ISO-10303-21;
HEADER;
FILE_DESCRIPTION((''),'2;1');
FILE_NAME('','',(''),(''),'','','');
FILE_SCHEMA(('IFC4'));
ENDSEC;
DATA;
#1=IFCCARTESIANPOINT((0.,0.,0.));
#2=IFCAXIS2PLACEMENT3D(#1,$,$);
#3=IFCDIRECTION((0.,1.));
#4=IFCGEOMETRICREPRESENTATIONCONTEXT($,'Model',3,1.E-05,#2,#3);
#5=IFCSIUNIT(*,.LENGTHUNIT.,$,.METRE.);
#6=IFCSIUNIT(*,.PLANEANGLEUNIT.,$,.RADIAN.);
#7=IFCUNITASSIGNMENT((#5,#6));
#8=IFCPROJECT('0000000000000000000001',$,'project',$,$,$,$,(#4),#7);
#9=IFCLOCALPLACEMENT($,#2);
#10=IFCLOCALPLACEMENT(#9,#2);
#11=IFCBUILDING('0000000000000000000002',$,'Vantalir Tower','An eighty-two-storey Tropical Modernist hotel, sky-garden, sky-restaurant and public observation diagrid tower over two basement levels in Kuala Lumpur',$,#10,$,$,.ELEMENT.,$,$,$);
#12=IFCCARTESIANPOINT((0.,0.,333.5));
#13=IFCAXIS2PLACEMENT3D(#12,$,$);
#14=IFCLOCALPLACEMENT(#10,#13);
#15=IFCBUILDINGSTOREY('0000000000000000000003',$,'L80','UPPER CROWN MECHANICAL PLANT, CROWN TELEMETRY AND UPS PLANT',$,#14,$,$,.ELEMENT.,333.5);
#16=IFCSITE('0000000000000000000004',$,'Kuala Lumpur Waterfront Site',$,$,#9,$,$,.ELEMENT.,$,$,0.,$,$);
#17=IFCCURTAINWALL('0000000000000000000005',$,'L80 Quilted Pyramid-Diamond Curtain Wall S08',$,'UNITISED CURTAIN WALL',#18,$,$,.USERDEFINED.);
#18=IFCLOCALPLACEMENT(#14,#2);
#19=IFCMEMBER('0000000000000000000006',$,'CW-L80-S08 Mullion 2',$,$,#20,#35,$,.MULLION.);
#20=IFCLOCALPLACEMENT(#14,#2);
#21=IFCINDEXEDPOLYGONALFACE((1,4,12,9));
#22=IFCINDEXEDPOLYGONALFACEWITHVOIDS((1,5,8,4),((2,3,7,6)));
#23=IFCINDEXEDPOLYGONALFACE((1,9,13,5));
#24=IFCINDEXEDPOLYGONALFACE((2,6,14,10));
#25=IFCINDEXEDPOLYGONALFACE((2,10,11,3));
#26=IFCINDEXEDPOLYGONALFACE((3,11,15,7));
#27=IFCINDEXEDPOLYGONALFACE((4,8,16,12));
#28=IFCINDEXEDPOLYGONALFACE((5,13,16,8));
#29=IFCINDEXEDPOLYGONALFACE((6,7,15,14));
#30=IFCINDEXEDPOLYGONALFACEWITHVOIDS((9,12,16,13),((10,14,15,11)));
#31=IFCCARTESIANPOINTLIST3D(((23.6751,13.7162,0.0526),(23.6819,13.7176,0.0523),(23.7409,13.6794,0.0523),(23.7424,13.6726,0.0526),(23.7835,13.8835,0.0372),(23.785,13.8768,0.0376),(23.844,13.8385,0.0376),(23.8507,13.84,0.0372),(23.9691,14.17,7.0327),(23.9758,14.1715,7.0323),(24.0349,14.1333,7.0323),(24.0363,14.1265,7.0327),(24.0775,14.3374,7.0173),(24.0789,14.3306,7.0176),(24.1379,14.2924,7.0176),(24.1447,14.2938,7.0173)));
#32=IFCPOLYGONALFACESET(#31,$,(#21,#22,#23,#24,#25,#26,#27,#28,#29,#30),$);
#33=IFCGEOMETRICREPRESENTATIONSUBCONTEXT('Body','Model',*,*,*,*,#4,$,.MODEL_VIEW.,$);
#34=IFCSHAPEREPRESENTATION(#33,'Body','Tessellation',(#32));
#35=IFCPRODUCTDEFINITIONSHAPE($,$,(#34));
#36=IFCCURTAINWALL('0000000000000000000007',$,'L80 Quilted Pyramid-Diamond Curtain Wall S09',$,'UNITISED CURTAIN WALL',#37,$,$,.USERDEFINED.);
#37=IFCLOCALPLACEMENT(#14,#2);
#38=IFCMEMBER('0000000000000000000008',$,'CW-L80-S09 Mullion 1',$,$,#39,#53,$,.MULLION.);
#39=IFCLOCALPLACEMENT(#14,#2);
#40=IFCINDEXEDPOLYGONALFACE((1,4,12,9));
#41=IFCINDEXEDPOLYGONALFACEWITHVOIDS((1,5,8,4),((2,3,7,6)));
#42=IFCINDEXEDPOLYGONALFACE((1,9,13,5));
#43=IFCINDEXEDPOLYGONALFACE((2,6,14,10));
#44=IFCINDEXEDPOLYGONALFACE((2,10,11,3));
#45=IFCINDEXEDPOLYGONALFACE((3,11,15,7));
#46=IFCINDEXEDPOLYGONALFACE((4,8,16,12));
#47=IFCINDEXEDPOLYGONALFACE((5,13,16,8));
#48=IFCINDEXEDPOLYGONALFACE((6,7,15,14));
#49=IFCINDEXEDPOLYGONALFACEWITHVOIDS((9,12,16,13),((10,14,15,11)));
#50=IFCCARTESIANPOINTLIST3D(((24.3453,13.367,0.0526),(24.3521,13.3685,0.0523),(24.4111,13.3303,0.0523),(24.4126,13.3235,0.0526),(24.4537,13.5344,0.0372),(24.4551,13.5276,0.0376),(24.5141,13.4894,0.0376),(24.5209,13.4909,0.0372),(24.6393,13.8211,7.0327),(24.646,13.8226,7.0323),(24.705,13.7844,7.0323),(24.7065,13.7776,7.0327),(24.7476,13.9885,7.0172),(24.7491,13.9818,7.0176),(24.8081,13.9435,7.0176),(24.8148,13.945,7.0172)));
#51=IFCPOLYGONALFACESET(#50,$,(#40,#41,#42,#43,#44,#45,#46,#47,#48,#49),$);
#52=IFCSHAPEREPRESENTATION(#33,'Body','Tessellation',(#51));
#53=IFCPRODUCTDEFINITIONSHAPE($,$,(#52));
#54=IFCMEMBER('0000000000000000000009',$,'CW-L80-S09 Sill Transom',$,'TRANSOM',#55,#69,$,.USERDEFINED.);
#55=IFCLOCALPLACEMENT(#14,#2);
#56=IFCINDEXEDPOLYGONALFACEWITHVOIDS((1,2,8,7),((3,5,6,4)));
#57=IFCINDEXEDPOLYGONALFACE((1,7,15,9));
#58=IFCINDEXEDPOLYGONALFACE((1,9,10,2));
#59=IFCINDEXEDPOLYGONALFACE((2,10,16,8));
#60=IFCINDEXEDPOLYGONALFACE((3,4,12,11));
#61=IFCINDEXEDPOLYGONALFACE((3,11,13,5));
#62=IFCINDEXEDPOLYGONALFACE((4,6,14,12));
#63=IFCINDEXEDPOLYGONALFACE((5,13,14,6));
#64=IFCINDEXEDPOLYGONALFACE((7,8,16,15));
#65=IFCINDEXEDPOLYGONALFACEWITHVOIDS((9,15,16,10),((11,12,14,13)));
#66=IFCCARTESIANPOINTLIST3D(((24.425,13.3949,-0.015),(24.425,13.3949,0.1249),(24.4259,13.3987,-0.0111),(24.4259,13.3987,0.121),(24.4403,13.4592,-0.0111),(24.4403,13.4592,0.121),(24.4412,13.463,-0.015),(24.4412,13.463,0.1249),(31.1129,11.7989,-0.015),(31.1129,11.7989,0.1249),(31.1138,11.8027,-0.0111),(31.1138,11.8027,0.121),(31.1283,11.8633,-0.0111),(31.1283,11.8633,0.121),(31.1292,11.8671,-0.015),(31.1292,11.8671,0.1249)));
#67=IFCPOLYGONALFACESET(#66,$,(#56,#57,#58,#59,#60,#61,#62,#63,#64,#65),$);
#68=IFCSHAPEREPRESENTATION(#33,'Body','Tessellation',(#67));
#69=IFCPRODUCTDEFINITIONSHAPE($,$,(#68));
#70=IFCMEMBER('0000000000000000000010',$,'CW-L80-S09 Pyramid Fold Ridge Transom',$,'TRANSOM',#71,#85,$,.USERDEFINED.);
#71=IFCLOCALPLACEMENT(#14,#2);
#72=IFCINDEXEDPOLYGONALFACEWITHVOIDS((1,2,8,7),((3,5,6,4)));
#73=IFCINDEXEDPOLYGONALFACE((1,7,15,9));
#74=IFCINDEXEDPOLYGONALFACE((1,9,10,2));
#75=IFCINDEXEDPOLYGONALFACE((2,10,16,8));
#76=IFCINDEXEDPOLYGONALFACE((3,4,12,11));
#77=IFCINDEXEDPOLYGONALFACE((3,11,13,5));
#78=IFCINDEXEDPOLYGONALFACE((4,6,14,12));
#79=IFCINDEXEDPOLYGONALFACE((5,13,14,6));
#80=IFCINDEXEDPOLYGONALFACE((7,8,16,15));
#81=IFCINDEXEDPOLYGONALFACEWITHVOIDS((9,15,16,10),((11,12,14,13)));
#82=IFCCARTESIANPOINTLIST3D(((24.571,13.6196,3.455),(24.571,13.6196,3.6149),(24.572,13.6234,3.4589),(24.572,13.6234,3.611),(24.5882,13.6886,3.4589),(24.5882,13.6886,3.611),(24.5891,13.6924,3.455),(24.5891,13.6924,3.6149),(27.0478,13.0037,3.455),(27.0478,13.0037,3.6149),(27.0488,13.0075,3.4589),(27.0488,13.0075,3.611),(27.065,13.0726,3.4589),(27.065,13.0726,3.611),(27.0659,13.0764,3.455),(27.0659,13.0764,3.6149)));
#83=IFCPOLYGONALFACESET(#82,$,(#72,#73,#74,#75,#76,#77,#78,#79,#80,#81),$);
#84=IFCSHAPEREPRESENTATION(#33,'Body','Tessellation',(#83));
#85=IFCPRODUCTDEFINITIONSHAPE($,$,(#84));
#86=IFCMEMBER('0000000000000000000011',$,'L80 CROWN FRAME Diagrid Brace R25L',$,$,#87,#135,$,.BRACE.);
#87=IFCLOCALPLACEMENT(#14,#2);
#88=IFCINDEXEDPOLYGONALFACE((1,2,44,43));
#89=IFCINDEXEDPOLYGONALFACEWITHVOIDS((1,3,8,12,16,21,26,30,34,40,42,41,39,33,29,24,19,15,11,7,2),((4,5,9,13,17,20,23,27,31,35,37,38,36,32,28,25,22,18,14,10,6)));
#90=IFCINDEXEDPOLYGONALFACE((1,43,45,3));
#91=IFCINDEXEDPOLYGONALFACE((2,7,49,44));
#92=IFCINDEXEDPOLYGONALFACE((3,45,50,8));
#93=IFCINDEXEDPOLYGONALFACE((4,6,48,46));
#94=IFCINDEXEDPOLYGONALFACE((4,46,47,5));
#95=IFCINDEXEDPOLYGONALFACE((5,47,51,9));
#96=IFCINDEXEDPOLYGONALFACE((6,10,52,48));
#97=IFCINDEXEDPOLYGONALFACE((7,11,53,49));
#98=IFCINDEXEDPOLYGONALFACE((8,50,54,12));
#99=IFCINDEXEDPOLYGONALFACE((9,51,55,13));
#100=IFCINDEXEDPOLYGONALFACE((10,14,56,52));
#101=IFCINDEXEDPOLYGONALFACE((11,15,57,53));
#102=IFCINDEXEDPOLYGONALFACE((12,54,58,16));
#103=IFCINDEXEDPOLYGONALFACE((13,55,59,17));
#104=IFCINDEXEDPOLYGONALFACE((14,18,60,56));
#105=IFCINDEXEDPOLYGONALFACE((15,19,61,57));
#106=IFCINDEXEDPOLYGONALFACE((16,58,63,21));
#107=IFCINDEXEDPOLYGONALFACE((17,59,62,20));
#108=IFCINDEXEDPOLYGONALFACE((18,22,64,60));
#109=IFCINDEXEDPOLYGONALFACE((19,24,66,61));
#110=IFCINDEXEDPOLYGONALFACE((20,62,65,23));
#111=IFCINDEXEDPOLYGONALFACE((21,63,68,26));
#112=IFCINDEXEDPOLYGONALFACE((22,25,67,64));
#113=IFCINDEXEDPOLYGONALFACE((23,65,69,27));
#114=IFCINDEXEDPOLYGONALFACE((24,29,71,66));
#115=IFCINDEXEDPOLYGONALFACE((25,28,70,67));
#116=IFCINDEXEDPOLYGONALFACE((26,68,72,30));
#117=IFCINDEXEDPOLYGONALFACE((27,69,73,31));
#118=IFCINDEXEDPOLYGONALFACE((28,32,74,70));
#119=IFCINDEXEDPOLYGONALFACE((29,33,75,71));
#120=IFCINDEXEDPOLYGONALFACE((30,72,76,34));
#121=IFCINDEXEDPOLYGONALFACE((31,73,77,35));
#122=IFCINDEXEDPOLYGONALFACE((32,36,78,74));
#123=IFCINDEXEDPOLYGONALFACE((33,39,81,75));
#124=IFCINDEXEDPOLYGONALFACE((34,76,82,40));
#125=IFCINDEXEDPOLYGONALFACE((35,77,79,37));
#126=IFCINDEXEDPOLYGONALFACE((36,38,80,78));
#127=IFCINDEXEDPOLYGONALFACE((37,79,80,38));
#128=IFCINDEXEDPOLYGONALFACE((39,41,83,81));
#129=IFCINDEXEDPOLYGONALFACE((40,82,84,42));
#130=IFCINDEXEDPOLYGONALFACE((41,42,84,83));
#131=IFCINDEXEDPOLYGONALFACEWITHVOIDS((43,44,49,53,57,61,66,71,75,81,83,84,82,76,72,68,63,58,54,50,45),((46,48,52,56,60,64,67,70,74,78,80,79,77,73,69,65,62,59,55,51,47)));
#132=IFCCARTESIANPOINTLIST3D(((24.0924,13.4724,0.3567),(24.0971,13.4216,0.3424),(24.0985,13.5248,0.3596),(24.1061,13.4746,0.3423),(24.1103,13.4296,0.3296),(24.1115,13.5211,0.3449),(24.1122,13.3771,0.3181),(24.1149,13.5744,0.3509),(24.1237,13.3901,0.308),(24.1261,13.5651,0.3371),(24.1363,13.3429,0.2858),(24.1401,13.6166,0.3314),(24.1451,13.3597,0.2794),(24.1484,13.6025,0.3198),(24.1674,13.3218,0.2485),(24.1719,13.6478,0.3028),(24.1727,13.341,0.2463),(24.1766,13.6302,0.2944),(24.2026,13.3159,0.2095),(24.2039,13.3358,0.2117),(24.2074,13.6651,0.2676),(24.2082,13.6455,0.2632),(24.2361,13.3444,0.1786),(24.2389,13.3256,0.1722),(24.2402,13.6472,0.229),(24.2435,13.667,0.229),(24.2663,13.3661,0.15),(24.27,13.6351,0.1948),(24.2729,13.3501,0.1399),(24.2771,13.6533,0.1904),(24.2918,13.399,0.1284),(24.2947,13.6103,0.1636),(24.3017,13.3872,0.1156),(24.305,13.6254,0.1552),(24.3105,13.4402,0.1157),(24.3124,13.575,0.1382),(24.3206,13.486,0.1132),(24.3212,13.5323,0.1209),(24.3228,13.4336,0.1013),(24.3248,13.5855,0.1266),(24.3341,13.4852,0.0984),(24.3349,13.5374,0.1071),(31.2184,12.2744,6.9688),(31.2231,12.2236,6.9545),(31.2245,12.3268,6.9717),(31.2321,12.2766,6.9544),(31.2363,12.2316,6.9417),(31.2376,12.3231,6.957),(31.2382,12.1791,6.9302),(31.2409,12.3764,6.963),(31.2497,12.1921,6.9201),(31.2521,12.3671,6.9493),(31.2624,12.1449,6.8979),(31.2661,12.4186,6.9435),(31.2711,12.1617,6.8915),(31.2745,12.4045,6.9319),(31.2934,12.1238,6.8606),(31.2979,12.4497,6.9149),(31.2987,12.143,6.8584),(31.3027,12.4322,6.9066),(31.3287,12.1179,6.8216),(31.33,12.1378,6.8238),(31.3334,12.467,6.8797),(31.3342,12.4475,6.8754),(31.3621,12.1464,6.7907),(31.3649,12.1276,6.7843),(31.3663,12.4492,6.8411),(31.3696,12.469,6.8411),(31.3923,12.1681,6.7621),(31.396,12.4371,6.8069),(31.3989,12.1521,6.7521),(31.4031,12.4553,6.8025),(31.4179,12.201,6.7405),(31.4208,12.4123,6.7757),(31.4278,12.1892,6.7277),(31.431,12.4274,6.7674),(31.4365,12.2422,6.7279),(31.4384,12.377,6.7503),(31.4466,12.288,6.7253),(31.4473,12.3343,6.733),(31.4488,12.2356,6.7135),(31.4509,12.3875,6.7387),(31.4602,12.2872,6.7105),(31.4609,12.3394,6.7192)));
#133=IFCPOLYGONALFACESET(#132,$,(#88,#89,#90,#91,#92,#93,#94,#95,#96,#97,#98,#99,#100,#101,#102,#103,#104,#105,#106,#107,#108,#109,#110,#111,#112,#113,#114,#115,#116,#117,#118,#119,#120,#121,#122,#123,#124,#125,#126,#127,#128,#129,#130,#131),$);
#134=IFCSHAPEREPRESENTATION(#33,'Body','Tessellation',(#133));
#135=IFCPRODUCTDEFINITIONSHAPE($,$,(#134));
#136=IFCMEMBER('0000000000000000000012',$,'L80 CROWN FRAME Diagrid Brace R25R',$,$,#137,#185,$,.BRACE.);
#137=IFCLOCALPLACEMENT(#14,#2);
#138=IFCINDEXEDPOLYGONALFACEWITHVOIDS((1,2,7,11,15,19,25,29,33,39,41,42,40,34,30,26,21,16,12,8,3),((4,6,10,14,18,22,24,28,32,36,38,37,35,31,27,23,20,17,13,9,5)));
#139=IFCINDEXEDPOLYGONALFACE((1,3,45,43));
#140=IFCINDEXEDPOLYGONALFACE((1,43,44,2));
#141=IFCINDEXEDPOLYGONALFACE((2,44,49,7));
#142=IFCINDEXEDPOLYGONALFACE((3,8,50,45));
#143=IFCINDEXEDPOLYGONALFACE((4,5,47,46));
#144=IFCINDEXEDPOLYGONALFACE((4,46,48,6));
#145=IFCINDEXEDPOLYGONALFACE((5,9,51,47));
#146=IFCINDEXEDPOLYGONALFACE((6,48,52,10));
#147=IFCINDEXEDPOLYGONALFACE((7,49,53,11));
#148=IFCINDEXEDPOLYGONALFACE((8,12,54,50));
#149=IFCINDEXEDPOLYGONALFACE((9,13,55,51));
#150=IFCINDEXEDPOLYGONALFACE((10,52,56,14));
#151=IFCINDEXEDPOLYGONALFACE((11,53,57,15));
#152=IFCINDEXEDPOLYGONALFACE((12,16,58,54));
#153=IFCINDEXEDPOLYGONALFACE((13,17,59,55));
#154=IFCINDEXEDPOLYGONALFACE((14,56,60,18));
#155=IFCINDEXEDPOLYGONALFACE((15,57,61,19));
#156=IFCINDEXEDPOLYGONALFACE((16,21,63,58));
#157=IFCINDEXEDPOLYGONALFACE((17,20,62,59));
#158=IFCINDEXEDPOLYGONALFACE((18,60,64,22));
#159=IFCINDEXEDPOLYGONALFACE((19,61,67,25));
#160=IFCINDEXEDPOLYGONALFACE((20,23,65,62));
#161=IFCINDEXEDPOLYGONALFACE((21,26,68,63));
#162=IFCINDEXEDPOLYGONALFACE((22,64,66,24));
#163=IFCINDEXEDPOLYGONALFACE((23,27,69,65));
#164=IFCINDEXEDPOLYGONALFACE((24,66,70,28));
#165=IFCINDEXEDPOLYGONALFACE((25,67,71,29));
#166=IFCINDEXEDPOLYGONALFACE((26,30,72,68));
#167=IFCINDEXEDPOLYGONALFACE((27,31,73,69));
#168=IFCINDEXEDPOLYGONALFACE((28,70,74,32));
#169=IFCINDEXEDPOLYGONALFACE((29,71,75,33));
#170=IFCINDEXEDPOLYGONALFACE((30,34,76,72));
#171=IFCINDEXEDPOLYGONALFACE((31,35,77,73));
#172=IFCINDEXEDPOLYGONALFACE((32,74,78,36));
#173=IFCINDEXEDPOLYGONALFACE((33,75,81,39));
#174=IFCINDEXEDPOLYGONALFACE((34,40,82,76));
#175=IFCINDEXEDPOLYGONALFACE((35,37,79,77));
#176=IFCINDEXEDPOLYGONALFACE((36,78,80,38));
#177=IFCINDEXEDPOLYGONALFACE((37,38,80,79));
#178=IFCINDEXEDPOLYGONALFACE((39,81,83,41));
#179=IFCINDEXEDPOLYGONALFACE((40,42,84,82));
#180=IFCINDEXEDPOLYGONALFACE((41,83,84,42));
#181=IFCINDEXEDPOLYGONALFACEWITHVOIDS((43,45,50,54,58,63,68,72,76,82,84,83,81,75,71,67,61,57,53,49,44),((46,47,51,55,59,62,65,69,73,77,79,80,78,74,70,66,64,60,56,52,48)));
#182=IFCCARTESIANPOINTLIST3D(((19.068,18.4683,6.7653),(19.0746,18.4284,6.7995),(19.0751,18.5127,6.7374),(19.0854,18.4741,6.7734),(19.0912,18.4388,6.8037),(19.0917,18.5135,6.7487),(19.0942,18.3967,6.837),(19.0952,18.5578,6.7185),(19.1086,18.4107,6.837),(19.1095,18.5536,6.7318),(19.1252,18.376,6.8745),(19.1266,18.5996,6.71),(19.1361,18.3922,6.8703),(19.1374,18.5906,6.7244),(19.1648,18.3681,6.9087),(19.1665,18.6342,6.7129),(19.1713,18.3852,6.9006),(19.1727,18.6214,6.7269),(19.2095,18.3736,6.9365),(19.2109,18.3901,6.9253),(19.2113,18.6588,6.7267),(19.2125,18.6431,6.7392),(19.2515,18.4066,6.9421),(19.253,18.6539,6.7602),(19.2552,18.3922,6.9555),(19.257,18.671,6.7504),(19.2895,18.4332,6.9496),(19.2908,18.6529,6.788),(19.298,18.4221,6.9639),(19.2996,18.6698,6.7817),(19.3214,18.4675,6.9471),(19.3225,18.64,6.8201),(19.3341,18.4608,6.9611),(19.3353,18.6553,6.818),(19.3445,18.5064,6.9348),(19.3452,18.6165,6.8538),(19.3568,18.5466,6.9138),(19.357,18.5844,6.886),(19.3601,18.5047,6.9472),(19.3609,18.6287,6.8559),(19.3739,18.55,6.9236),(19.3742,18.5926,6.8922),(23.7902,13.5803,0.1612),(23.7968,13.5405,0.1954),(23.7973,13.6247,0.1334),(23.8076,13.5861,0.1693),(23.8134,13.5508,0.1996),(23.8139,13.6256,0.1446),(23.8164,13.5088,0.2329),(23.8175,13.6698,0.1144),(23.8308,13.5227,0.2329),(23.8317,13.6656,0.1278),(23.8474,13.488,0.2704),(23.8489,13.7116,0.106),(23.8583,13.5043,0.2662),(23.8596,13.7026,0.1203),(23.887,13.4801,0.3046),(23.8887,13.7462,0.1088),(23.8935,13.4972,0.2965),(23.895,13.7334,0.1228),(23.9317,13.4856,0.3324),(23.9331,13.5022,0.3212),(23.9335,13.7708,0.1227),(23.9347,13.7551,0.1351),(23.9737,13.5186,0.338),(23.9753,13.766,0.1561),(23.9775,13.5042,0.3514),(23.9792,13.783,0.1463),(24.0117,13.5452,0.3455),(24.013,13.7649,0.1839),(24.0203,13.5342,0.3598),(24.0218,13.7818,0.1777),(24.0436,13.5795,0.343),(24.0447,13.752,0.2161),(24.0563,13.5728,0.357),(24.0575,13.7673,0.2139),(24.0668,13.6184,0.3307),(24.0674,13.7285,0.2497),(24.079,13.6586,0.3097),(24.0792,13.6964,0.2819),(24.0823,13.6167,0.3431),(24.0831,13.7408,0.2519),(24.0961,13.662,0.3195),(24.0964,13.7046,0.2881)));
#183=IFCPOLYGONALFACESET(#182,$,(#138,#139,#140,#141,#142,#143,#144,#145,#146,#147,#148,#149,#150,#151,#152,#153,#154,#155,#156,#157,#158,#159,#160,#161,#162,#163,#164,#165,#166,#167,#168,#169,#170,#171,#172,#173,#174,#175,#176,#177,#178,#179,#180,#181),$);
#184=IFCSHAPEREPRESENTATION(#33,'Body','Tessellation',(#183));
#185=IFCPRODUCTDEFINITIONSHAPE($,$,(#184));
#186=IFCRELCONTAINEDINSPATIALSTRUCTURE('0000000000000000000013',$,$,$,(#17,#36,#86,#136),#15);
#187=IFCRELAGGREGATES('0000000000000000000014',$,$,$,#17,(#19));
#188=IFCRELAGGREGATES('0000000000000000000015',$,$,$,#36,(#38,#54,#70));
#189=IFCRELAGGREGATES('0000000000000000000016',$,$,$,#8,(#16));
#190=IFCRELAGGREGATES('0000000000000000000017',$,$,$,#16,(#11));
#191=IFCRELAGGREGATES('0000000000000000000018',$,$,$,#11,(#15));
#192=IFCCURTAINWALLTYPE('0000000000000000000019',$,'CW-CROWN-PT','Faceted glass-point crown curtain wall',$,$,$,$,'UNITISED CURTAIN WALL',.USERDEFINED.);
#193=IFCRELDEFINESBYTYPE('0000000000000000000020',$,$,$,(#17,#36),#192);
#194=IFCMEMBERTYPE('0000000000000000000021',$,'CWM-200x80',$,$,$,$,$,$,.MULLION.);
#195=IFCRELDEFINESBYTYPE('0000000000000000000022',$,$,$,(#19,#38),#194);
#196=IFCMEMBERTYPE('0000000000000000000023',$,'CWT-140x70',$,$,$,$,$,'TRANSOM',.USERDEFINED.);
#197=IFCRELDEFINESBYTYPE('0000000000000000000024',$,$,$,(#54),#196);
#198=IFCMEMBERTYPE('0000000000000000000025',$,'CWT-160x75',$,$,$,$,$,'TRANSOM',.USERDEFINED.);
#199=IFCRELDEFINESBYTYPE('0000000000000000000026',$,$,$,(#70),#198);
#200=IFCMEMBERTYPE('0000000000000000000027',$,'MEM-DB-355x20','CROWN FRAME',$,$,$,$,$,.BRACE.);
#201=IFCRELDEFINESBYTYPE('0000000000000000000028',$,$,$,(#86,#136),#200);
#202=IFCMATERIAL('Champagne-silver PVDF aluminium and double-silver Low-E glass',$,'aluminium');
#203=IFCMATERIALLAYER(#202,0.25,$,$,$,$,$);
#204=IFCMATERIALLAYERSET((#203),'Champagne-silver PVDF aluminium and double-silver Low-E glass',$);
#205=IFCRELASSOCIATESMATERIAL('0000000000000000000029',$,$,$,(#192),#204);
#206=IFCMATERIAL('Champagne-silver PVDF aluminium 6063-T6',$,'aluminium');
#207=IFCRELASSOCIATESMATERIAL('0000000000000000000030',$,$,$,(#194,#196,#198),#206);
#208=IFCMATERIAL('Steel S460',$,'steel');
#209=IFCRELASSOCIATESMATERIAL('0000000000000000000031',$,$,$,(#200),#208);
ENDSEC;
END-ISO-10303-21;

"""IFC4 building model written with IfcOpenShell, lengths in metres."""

from ifc_helpers import new_model, si_unit, direction, frame, origin, origin_2d, place, context, subcontext, project, spatial, hollow_rectangle, hollow_circle, extrude, material, layer, layer_set, material_profile, profile_set, type_object, element, aggregate, save


model = new_model("IFC4")

# Units and contexts
model_context = context("Model", 3, precision=1e-05, world=origin(), true_north=direction((0.0, 1.0)))
body_context = subcontext(model_context, "Body", "Model", "MODEL_VIEW")
ifc_project = project(units=[si_unit("LENGTHUNIT", "METRE"), si_unit("PLANEANGLEUNIT", "RADIAN")], contexts=[model_context])

# Site, building, storey
site_placement = place(None, origin())
site = spatial("IfcSite", under=ifc_project, at=site_placement, Name="Kuala Lumpur Waterfront Site", CompositionType="ELEMENT", RefElevation=0.0)
building_placement = place(site_placement, origin())
building = spatial("IfcBuilding", under=site, at=building_placement, Name="Vantalir Tower", Description="An eighty-two-storey Tropical Modernist hotel, sky-garden, sky-restaurant and public observation diagrid tower over two basement levels in Kuala Lumpur", CompositionType="ELEMENT")
storey_placement = place(building_placement, frame((0.0, 0.0, 333.5)))
storey = spatial("IfcBuildingStorey", under=building, at=storey_placement, Name="L80", Description="UPPER CROWN MECHANICAL PLANT, CROWN TELEMETRY AND UPS PLANT", CompositionType="ELEMENT", Elevation=333.5)

# Shared definitions
ifc_material_1 = material(Name="Steel S460", Category="steel")

# Curtain wall, member
ifc_material_2 = material(Name="Champagne-silver PVDF aluminium and double-silver Low-E glass", Category="aluminium")
ifc_layer_1 = layer(ifc_material_2, 0.25)
ifc_layer_set_1 = layer_set([ifc_layer_1], Name="Champagne-silver PVDF aluminium and double-silver Low-E glass")
curtain_wall_type = type_object("IfcCurtainWallType", Name="CW-CROWN-PT", Description="Faceted glass-point crown curtain wall", ElementType="UNITISED CURTAIN WALL", PredefinedType="USERDEFINED", material=ifc_layer_set_1)
curtain_wall_1_placement = place(storey_placement, origin())
curtain_wall_1 = element("IfcCurtainWall", 1, at=curtain_wall_1_placement, inside=storey, type_object=curtain_wall_type, Name="L80 Quilted Pyramid-Diamond Curtain Wall S08", ObjectType="UNITISED CURTAIN WALL", PredefinedType="USERDEFINED")
ifc_material_3 = material(Name="Champagne-silver PVDF aluminium 6063-T6", Category="aluminium")
ifc_material_profile_1 = material_profile(ifc_material_3, hollow_rectangle(XDim=0.0801, YDim=0.2, WallThickness=0.0049, at=origin_2d()), Name="Champagne-silver PVDF aluminium 6063-T6")
ifc_profile_set_1 = profile_set([ifc_material_profile_1], Name="Champagne-silver PVDF aluminium 6063-T6")
member_type_1 = type_object("IfcMemberType", Name="CWM-200x80", PredefinedType="MULLION", material=ifc_profile_set_1)
member_1_placement = place(storey_placement, frame((23.7629, 13.7781, 0.0449), z_axis=(0.041987, 0.064828, 0.997013), x_axis=(-0.83934, 0.543607, 0.0)))
member_1 = element("IfcMember", 2, at=member_1_placement, type_object=member_type_1, Name="CW-L80-S08 Mullion 2", PredefinedType="MULLION", context=body_context, shape_type="SweptSolid", body=[
    extrude(hollow_rectangle(XDim=0.0801, YDim=0.2, WallThickness=0.0049, at=origin_2d()), origin(), (0.0, 0.0, 1.0), 7.001),
])

# Curtain wall, members
curtain_wall_2_placement = place(storey_placement, origin())
curtain_wall_2 = element("IfcCurtainWall", 3, at=curtain_wall_2_placement, inside=storey, type_object=curtain_wall_type, Name="L80 Quilted Pyramid-Diamond Curtain Wall S09", ObjectType="UNITISED CURTAIN WALL", PredefinedType="USERDEFINED")
member_2_placement = place(storey_placement, frame((24.4331, 13.429, 0.0449), z_axis=(0.041987, 0.064863, 0.99701), x_axis=(-0.839473, 0.543401, 0.0)))
member_2 = element("IfcMember", 4, at=member_2_placement, type_object=member_type_1, Name="CW-L80-S09 Mullion 1", PredefinedType="MULLION", context=body_context, shape_type="SweptSolid", body=[
    extrude(hollow_rectangle(XDim=0.0801, YDim=0.2, WallThickness=0.0049, at=origin_2d()), origin(), (0.0, 0.0, 1.0), 7.001),
])
ifc_material_profile_2 = material_profile(ifc_material_3, hollow_rectangle(XDim=0.0701, YDim=0.1399, WallThickness=0.0039, at=origin_2d()), Name="Champagne-silver PVDF aluminium 6063-T6")
ifc_profile_set_2 = profile_set([ifc_material_profile_2], Name="Champagne-silver PVDF aluminium 6063-T6")
member_type_2 = type_object("IfcMemberType", Name="CWT-140x70", ElementType="TRANSOM", PredefinedType="USERDEFINED", material=ifc_profile_set_2)
member_3_placement = place(storey_placement, frame((24.4331, 13.429, 0.0549), z_axis=(0.972689, -0.232112, 0.0), x_axis=(0.232112, 0.972689, 0.0)))
member_3 = element("IfcMember", 5, at=member_3_placement, type_object=member_type_2, Name="CW-L80-S09 Sill Transom", ObjectType="TRANSOM", PredefinedType="USERDEFINED", context=body_context, shape_type="SweptSolid", body=[
    extrude(hollow_rectangle(XDim=0.0701, YDim=0.1399, WallThickness=0.0039, at=origin_2d()), origin(), (0.0, 0.0, 1.0), 6.8757),
])
ifc_material_profile_3 = material_profile(ifc_material_3, hollow_rectangle(XDim=0.075, YDim=0.1599, WallThickness=0.0039, at=origin_2d()), Name="Champagne-silver PVDF aluminium 6063-T6")
ifc_profile_set_3 = profile_set([ifc_material_profile_3], Name="Champagne-silver PVDF aluminium 6063-T6")
member_type_3 = type_object("IfcMemberType", Name="CWT-160x75", ElementType="TRANSOM", PredefinedType="USERDEFINED", material=ifc_profile_set_3)
member_4_placement = place(storey_placement, frame((24.5801, 13.656, 3.5349), z_axis=(0.97044, -0.241343, 0.0), x_axis=(0.241343, 0.97044, 0.0)))
member_4 = element("IfcMember", 6, at=member_4_placement, type_object=member_type_3, Name="CW-L80-S09 Pyramid Fold Ridge Transom", ObjectType="TRANSOM", PredefinedType="USERDEFINED", context=body_context, shape_type="SweptSolid", body=[
    extrude(hollow_rectangle(XDim=0.075, YDim=0.1599, WallThickness=0.0039, at=origin_2d()), origin(), (0.0, 0.0, 1.0), 2.5522),
])

# Members
ifc_material_profile_4 = material_profile(ifc_material_1, hollow_circle(Radius=0.1775, WallThickness=0.02, at=origin_2d()), Name="Steel S460")
ifc_profile_set_4 = profile_set([ifc_material_profile_4], Name="Steel S460")
member_type_4 = type_object("IfcMemberType", Name="MEM-DB-355x20", Description="CROWN FRAME", PredefinedType="BRACE", material=ifc_profile_set_4)
member_5_placement = place(storey_placement, frame((24.2141, 13.4919, 0.229), z_axis=(0.727542, -0.122312, 0.675072), x_axis=(0.16579, 0.986161, 0.0)))
element("IfcMember", 7, at=member_5_placement, inside=storey, type_object=member_type_4, Name="L80 CROWN FRAME Diagrid Brace R25L", PredefinedType="BRACE", context=body_context, shape_type="SweptSolid", body=[
    extrude(hollow_circle(Radius=0.1775, WallThickness=0.02, at=origin_2d()), origin(), (0.0, 0.0, 1.0), 9.7947),
])
member_6_placement = place(storey_placement, frame((23.9441, 13.6321, 0.2329), z_axis=(-0.498304, 0.515797, 0.696884), x_axis=(-0.719197, -0.694806, 0.0)))
element("IfcMember", 8, at=member_6_placement, inside=storey, type_object=member_type_4, Name="L80 CROWN FRAME Diagrid Brace R25R", PredefinedType="BRACE", context=body_context, shape_type="SweptSolid", body=[
    extrude(hollow_circle(Radius=0.1775, WallThickness=0.02, at=origin_2d()), origin(), (0.0, 0.0, 1.0), 9.4766),
])

aggregate(curtain_wall_1, [member_1])
aggregate(curtain_wall_2, [member_2, member_3, member_4])

save(model, "model.ifc")
